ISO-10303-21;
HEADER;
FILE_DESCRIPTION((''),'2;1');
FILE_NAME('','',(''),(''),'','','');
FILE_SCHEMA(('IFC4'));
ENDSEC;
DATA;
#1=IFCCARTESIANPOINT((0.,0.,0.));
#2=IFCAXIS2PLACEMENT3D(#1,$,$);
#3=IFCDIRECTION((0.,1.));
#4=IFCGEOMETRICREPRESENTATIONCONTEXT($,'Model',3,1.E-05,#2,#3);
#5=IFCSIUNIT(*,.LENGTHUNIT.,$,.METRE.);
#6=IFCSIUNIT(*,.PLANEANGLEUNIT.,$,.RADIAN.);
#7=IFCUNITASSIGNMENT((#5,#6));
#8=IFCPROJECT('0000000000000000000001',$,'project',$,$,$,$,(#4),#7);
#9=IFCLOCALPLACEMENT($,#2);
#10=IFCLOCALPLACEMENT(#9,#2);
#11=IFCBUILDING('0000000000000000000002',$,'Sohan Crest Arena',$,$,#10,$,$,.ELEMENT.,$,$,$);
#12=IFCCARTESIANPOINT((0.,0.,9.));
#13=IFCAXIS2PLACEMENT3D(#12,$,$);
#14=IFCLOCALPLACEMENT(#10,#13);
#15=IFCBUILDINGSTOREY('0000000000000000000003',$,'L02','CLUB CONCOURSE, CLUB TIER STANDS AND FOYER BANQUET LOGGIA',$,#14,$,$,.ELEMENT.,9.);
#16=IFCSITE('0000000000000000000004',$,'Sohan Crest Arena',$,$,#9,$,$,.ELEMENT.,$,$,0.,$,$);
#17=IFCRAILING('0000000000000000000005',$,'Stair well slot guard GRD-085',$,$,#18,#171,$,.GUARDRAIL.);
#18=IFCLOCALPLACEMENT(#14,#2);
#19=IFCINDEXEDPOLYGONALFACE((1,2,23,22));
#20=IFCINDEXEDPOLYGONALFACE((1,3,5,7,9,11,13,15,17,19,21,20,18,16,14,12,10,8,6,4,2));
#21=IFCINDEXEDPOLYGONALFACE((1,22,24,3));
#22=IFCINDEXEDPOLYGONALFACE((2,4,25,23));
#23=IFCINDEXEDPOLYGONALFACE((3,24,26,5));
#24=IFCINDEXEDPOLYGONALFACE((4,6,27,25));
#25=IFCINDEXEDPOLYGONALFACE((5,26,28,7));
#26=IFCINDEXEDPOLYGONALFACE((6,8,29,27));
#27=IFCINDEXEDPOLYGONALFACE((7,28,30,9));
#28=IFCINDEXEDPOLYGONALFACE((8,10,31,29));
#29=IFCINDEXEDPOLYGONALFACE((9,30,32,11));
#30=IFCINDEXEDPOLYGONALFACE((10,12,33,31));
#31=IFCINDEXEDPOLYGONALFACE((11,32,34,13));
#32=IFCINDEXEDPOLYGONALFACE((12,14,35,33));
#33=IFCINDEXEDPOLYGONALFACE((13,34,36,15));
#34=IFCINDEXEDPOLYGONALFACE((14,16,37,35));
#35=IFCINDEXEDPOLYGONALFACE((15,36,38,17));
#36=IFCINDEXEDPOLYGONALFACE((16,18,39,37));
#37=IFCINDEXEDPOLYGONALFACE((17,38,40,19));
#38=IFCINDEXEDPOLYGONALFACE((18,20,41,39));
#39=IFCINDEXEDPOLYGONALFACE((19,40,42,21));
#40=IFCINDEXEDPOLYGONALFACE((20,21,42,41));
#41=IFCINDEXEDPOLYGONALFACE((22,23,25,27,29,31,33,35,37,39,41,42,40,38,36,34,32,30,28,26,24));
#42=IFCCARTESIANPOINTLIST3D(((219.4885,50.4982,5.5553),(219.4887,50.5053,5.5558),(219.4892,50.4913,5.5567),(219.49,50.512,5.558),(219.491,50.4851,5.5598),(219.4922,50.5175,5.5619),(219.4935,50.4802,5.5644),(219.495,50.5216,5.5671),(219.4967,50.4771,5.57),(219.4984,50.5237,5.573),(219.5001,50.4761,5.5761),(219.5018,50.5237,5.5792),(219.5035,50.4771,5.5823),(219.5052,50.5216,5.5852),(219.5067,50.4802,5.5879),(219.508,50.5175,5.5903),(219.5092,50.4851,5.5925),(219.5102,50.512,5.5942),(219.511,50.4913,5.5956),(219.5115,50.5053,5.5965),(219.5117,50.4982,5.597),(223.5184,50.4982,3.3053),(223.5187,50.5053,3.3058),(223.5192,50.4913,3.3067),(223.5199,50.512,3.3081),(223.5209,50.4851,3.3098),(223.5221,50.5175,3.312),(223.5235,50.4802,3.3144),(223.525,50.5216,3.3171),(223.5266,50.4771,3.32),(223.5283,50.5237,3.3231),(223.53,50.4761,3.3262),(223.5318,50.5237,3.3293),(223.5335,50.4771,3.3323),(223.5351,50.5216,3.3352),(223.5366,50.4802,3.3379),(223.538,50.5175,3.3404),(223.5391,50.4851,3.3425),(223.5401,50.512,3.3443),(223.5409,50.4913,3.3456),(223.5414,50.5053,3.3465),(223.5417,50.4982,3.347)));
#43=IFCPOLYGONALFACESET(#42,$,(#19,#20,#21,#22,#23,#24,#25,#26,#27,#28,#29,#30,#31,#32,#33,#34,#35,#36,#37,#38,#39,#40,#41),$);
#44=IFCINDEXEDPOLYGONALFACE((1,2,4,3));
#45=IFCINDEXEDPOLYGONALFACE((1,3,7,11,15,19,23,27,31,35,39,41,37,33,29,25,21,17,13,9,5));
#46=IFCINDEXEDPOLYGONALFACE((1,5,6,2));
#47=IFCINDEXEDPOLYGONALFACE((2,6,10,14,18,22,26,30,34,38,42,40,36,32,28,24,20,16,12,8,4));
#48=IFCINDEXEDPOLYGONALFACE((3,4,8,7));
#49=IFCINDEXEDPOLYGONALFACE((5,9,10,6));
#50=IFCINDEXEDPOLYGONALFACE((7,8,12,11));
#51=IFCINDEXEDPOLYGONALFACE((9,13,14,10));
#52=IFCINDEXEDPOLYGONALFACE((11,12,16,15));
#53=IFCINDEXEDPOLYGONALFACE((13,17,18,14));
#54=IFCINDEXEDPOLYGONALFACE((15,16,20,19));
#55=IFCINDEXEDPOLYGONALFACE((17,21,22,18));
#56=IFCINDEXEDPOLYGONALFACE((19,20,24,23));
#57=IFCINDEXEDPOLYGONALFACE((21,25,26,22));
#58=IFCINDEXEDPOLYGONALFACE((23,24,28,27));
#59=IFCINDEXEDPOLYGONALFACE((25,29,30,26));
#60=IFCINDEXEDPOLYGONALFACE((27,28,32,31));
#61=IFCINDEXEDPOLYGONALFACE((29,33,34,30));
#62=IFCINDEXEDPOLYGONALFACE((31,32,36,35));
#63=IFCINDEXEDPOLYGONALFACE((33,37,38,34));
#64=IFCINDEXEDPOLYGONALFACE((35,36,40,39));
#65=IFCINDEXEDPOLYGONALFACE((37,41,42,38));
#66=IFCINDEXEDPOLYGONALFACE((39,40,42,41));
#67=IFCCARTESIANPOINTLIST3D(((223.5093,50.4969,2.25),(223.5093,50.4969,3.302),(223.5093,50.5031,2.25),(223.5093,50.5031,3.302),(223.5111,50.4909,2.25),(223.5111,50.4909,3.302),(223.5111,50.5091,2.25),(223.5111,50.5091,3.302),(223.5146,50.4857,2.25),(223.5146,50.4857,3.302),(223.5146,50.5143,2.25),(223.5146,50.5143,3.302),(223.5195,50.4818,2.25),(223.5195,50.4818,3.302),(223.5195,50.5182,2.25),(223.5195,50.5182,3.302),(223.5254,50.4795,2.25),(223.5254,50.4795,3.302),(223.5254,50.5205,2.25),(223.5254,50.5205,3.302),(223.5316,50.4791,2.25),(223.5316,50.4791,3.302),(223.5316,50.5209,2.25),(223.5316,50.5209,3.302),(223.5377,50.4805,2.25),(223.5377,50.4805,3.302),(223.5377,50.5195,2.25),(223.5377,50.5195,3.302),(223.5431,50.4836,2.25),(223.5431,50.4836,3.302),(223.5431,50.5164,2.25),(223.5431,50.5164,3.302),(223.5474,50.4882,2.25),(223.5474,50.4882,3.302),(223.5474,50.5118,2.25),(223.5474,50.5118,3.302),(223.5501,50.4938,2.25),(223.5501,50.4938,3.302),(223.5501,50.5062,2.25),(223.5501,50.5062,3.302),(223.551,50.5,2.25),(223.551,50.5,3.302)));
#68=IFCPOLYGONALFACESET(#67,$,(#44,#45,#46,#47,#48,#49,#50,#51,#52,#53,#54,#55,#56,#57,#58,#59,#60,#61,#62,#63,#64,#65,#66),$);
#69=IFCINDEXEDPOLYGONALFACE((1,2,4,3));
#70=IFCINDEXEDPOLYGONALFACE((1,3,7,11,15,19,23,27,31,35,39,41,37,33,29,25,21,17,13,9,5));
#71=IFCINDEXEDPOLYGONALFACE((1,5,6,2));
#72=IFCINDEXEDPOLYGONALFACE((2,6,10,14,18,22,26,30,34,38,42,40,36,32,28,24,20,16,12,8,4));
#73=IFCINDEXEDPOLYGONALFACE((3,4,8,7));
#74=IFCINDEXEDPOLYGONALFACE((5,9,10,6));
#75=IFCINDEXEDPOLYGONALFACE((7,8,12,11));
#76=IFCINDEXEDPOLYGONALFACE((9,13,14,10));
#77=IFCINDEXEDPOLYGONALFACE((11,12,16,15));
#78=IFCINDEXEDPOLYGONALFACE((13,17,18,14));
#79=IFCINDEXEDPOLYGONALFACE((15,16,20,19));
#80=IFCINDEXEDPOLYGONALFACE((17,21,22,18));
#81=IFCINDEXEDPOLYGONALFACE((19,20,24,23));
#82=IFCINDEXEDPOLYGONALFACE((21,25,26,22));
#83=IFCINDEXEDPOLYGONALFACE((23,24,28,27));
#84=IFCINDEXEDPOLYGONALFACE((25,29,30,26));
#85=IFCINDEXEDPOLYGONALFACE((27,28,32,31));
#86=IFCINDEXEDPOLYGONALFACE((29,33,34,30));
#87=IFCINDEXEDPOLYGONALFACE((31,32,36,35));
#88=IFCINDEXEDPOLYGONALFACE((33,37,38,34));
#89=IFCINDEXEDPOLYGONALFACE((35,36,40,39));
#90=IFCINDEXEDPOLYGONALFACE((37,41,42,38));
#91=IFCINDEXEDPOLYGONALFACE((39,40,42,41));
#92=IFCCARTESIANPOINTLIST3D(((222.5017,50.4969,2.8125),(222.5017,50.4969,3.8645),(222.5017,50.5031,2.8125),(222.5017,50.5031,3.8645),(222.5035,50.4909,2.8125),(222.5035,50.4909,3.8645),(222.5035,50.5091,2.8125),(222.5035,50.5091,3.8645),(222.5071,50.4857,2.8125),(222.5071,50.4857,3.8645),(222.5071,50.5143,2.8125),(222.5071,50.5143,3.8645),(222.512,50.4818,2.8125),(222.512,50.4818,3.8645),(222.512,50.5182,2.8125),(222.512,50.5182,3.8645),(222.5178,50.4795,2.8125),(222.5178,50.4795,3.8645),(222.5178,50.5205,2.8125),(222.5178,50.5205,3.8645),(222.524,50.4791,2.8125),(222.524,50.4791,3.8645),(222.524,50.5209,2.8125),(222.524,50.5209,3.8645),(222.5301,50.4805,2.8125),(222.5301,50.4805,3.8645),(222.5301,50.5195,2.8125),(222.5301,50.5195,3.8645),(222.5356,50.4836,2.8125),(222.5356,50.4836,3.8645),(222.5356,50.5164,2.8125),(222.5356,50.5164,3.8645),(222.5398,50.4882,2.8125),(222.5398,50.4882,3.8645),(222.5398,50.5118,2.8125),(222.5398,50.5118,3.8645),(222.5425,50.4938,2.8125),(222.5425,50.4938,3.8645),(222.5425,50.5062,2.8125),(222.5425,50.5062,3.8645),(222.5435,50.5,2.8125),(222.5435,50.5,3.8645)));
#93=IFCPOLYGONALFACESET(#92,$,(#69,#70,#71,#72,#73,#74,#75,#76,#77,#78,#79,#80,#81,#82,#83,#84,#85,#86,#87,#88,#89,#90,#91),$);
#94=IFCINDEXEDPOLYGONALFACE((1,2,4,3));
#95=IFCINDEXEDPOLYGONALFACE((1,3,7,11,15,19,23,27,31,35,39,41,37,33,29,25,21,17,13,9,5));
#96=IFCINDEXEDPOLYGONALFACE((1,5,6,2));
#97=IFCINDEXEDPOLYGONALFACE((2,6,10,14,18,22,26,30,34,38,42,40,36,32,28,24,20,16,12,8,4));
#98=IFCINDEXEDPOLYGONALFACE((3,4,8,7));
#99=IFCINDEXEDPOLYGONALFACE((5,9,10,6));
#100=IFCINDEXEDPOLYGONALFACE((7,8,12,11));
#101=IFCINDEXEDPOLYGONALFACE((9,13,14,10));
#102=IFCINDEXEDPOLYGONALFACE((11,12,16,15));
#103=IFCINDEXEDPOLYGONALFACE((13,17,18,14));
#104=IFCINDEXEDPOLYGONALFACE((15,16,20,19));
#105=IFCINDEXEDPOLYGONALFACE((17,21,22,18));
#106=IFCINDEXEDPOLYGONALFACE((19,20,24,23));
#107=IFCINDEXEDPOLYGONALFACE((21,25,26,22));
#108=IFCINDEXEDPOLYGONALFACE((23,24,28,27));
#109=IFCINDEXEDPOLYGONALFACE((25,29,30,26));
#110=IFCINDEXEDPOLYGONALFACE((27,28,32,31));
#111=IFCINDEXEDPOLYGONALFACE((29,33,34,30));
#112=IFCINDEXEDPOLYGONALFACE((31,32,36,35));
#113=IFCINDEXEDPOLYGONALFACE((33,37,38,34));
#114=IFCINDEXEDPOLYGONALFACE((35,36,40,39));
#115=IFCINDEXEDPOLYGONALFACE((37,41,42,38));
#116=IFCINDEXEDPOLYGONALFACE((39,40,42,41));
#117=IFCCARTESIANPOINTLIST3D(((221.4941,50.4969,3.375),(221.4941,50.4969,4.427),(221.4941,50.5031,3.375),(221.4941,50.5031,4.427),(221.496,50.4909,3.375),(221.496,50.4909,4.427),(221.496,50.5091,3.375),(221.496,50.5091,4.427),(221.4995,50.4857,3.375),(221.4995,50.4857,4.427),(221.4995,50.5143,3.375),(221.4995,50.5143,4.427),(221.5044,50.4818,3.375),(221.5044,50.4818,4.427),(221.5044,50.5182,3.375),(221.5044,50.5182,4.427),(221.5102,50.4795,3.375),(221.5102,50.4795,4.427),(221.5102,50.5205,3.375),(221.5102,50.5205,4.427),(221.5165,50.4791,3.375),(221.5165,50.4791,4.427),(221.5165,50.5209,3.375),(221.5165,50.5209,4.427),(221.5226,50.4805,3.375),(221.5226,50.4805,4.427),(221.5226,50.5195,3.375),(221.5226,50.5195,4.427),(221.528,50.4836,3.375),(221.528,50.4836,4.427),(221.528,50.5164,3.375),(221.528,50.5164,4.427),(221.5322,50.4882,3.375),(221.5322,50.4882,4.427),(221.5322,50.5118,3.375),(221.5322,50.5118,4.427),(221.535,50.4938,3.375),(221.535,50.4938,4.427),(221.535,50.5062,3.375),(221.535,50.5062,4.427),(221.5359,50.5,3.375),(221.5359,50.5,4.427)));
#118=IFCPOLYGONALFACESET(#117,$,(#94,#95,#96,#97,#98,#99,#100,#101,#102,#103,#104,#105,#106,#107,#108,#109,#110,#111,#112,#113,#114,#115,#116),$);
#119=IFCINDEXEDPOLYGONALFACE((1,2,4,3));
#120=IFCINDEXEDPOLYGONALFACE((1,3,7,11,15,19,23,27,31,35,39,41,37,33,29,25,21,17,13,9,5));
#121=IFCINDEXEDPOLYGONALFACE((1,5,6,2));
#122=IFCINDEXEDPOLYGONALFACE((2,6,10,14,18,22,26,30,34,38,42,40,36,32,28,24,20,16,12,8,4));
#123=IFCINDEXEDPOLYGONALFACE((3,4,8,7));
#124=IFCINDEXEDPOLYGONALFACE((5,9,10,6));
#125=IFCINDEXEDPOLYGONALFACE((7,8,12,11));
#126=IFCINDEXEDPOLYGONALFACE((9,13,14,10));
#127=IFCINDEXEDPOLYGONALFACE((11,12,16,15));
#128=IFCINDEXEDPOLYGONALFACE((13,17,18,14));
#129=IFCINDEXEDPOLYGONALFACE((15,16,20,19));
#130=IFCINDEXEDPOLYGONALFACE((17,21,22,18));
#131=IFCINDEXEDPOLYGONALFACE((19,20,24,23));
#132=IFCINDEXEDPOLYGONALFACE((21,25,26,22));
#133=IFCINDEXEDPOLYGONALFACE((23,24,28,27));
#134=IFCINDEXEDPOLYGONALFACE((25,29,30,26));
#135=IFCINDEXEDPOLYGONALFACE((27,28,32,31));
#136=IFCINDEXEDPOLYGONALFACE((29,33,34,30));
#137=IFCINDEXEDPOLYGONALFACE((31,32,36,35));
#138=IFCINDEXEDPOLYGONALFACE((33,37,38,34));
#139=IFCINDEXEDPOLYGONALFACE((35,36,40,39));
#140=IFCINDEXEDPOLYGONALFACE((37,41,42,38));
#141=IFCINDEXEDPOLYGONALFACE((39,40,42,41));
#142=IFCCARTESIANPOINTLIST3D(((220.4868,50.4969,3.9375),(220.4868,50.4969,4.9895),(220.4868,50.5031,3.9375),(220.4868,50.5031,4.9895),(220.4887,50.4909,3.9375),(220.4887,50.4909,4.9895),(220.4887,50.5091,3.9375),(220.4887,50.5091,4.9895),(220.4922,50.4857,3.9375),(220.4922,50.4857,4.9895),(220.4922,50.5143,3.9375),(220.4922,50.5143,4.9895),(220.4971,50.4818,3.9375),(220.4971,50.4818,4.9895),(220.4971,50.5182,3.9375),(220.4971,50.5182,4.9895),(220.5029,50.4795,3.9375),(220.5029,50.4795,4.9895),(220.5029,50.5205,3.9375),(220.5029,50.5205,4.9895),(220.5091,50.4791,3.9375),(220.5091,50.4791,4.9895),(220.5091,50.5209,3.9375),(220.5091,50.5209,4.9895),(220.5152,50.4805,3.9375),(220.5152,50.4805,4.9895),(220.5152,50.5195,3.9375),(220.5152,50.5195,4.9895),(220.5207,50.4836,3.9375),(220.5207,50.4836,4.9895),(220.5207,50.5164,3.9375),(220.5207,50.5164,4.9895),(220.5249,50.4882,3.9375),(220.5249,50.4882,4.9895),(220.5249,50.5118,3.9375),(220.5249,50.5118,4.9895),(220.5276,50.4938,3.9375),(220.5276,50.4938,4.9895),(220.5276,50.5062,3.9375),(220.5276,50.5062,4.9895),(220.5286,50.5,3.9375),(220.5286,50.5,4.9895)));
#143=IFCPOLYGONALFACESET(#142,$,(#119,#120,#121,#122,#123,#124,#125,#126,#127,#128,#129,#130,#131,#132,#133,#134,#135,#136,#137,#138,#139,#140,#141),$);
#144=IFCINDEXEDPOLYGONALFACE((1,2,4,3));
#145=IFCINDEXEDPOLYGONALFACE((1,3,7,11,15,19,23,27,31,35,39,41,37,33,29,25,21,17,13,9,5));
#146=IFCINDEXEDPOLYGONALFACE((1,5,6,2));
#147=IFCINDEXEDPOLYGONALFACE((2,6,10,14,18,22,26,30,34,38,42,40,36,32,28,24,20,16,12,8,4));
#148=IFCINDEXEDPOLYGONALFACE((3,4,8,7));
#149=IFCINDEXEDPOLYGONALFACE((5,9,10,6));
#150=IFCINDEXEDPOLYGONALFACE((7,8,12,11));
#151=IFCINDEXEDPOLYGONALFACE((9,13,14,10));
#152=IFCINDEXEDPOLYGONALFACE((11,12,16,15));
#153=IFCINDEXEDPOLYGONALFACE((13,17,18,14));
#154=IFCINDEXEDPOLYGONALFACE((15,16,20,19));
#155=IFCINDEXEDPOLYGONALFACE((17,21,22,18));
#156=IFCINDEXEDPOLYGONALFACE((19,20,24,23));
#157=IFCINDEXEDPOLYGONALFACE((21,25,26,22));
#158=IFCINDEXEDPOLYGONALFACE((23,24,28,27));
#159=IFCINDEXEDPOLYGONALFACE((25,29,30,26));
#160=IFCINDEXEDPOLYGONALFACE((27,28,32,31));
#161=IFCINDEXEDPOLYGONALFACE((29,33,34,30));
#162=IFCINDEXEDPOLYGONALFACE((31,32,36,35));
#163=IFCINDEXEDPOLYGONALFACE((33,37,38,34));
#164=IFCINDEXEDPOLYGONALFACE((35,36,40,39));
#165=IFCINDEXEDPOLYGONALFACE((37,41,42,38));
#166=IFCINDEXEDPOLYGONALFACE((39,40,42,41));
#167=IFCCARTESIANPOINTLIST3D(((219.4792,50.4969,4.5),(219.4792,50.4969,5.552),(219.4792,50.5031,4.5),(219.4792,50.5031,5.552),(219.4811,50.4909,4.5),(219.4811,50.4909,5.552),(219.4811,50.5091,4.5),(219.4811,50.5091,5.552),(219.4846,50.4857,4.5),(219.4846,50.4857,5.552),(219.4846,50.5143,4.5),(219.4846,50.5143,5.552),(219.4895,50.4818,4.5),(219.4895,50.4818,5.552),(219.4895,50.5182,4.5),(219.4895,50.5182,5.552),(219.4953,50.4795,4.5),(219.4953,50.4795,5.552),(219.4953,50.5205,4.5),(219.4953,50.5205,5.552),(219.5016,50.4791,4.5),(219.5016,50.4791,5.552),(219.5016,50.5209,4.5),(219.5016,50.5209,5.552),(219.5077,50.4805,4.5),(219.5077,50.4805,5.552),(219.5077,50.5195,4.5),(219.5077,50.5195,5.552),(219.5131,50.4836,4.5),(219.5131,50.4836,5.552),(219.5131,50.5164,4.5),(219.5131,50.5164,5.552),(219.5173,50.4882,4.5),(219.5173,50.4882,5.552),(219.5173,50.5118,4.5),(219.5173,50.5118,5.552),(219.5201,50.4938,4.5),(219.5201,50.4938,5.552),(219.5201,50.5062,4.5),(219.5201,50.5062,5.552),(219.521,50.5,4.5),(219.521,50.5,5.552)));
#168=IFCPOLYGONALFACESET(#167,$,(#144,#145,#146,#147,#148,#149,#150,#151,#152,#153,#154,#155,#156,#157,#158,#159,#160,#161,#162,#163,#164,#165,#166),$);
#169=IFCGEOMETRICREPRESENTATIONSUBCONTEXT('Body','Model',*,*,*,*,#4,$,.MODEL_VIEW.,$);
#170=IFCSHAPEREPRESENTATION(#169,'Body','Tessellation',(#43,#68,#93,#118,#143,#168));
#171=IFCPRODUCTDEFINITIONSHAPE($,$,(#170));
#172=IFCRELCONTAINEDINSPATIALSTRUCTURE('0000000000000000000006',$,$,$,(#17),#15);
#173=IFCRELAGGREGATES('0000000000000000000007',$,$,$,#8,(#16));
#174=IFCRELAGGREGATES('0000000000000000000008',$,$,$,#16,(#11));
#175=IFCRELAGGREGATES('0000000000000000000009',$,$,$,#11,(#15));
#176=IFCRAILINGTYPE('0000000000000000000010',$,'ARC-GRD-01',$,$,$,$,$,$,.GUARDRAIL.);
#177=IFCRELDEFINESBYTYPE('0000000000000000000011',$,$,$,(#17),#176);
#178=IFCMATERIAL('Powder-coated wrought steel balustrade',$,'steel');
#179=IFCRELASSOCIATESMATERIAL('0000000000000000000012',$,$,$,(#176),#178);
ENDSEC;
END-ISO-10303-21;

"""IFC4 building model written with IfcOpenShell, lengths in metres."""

from ifc_helpers import new_model, si_unit, direction, frame, origin, origin_2d, place, context, subcontext, project, spatial, circle, extrude, material, type_object, element, save


model = new_model("IFC4")

# Units and contexts
model_context = context("Model", 3, precision=1e-05, world=origin(), true_north=direction((0.0, 1.0)))
body_context = subcontext(model_context, "Body", "Model", "MODEL_VIEW")
ifc_project = project(units=[si_unit("LENGTHUNIT", "METRE"), si_unit("PLANEANGLEUNIT", "RADIAN")], contexts=[model_context])

# Site, building, storey
site_placement = place(None, origin())
site = spatial("IfcSite", under=ifc_project, at=site_placement, Name="Sohan Crest Arena", CompositionType="ELEMENT", RefElevation=0.0)
building_placement = place(site_placement, origin())
building = spatial("IfcBuilding", under=site, at=building_placement, Name="Sohan Crest Arena", CompositionType="ELEMENT")
storey_placement = place(building_placement, frame((0.0, 0.0, 9.0)))
storey = spatial("IfcBuildingStorey", under=building, at=storey_placement, Name="L02", Description="CLUB CONCOURSE, CLUB TIER STANDS AND FOYER BANQUET LOGGIA", CompositionType="ELEMENT", Elevation=9.0)

# Railing
ifc_material_1 = material(Name="Powder-coated wrought steel balustrade", Category="steel")
railing_type_1 = type_object("IfcRailingType", Name="ARC-GRD-01", PredefinedType="GUARDRAIL", material=ifc_material_1)
railing_1_placement = place(storey_placement, frame((223.53, 50.5, 2.25)))
element("IfcRailing", 1, at=railing_1_placement, inside=storey, type_object=railing_type_1, Name="Stair well slot guard GRD-085", PredefinedType="GUARDRAIL", context=body_context, shape_type="SweptSolid", body=[
    extrude(circle(Radius=0.0239, at=origin_2d()), frame((0.0, 0.0, 1.0762), z_axis=(-0.873135, 0.0, 0.487479), x_axis=(0.0, -1.0, 0.0)), (0.0, 0.0, 1.0), 4.6155),
    extrude(circle(Radius=0.021, at=origin_2d()), origin(), (0.0, 0.0, 1.0), 1.052),
    extrude(circle(Radius=0.021, at=origin_2d()), frame((-1.0076, 0.0, 0.5625)), (0.0, 0.0, 1.0), 1.052),
    extrude(circle(Radius=0.021, at=origin_2d()), frame((-2.0151, 0.0, 1.125)), (0.0, 0.0, 1.0), 1.052),
    extrude(circle(Radius=0.021, at=origin_2d()), frame((-3.0225, 0.0, 1.6875)), (0.0, 0.0, 1.0), 1.052),
    extrude(circle(Radius=0.021, at=origin_2d()), frame((-4.03, 0.0, 2.25)), (0.0, 0.0, 1.0), 1.052),
])

save(model, "model.ifc")
